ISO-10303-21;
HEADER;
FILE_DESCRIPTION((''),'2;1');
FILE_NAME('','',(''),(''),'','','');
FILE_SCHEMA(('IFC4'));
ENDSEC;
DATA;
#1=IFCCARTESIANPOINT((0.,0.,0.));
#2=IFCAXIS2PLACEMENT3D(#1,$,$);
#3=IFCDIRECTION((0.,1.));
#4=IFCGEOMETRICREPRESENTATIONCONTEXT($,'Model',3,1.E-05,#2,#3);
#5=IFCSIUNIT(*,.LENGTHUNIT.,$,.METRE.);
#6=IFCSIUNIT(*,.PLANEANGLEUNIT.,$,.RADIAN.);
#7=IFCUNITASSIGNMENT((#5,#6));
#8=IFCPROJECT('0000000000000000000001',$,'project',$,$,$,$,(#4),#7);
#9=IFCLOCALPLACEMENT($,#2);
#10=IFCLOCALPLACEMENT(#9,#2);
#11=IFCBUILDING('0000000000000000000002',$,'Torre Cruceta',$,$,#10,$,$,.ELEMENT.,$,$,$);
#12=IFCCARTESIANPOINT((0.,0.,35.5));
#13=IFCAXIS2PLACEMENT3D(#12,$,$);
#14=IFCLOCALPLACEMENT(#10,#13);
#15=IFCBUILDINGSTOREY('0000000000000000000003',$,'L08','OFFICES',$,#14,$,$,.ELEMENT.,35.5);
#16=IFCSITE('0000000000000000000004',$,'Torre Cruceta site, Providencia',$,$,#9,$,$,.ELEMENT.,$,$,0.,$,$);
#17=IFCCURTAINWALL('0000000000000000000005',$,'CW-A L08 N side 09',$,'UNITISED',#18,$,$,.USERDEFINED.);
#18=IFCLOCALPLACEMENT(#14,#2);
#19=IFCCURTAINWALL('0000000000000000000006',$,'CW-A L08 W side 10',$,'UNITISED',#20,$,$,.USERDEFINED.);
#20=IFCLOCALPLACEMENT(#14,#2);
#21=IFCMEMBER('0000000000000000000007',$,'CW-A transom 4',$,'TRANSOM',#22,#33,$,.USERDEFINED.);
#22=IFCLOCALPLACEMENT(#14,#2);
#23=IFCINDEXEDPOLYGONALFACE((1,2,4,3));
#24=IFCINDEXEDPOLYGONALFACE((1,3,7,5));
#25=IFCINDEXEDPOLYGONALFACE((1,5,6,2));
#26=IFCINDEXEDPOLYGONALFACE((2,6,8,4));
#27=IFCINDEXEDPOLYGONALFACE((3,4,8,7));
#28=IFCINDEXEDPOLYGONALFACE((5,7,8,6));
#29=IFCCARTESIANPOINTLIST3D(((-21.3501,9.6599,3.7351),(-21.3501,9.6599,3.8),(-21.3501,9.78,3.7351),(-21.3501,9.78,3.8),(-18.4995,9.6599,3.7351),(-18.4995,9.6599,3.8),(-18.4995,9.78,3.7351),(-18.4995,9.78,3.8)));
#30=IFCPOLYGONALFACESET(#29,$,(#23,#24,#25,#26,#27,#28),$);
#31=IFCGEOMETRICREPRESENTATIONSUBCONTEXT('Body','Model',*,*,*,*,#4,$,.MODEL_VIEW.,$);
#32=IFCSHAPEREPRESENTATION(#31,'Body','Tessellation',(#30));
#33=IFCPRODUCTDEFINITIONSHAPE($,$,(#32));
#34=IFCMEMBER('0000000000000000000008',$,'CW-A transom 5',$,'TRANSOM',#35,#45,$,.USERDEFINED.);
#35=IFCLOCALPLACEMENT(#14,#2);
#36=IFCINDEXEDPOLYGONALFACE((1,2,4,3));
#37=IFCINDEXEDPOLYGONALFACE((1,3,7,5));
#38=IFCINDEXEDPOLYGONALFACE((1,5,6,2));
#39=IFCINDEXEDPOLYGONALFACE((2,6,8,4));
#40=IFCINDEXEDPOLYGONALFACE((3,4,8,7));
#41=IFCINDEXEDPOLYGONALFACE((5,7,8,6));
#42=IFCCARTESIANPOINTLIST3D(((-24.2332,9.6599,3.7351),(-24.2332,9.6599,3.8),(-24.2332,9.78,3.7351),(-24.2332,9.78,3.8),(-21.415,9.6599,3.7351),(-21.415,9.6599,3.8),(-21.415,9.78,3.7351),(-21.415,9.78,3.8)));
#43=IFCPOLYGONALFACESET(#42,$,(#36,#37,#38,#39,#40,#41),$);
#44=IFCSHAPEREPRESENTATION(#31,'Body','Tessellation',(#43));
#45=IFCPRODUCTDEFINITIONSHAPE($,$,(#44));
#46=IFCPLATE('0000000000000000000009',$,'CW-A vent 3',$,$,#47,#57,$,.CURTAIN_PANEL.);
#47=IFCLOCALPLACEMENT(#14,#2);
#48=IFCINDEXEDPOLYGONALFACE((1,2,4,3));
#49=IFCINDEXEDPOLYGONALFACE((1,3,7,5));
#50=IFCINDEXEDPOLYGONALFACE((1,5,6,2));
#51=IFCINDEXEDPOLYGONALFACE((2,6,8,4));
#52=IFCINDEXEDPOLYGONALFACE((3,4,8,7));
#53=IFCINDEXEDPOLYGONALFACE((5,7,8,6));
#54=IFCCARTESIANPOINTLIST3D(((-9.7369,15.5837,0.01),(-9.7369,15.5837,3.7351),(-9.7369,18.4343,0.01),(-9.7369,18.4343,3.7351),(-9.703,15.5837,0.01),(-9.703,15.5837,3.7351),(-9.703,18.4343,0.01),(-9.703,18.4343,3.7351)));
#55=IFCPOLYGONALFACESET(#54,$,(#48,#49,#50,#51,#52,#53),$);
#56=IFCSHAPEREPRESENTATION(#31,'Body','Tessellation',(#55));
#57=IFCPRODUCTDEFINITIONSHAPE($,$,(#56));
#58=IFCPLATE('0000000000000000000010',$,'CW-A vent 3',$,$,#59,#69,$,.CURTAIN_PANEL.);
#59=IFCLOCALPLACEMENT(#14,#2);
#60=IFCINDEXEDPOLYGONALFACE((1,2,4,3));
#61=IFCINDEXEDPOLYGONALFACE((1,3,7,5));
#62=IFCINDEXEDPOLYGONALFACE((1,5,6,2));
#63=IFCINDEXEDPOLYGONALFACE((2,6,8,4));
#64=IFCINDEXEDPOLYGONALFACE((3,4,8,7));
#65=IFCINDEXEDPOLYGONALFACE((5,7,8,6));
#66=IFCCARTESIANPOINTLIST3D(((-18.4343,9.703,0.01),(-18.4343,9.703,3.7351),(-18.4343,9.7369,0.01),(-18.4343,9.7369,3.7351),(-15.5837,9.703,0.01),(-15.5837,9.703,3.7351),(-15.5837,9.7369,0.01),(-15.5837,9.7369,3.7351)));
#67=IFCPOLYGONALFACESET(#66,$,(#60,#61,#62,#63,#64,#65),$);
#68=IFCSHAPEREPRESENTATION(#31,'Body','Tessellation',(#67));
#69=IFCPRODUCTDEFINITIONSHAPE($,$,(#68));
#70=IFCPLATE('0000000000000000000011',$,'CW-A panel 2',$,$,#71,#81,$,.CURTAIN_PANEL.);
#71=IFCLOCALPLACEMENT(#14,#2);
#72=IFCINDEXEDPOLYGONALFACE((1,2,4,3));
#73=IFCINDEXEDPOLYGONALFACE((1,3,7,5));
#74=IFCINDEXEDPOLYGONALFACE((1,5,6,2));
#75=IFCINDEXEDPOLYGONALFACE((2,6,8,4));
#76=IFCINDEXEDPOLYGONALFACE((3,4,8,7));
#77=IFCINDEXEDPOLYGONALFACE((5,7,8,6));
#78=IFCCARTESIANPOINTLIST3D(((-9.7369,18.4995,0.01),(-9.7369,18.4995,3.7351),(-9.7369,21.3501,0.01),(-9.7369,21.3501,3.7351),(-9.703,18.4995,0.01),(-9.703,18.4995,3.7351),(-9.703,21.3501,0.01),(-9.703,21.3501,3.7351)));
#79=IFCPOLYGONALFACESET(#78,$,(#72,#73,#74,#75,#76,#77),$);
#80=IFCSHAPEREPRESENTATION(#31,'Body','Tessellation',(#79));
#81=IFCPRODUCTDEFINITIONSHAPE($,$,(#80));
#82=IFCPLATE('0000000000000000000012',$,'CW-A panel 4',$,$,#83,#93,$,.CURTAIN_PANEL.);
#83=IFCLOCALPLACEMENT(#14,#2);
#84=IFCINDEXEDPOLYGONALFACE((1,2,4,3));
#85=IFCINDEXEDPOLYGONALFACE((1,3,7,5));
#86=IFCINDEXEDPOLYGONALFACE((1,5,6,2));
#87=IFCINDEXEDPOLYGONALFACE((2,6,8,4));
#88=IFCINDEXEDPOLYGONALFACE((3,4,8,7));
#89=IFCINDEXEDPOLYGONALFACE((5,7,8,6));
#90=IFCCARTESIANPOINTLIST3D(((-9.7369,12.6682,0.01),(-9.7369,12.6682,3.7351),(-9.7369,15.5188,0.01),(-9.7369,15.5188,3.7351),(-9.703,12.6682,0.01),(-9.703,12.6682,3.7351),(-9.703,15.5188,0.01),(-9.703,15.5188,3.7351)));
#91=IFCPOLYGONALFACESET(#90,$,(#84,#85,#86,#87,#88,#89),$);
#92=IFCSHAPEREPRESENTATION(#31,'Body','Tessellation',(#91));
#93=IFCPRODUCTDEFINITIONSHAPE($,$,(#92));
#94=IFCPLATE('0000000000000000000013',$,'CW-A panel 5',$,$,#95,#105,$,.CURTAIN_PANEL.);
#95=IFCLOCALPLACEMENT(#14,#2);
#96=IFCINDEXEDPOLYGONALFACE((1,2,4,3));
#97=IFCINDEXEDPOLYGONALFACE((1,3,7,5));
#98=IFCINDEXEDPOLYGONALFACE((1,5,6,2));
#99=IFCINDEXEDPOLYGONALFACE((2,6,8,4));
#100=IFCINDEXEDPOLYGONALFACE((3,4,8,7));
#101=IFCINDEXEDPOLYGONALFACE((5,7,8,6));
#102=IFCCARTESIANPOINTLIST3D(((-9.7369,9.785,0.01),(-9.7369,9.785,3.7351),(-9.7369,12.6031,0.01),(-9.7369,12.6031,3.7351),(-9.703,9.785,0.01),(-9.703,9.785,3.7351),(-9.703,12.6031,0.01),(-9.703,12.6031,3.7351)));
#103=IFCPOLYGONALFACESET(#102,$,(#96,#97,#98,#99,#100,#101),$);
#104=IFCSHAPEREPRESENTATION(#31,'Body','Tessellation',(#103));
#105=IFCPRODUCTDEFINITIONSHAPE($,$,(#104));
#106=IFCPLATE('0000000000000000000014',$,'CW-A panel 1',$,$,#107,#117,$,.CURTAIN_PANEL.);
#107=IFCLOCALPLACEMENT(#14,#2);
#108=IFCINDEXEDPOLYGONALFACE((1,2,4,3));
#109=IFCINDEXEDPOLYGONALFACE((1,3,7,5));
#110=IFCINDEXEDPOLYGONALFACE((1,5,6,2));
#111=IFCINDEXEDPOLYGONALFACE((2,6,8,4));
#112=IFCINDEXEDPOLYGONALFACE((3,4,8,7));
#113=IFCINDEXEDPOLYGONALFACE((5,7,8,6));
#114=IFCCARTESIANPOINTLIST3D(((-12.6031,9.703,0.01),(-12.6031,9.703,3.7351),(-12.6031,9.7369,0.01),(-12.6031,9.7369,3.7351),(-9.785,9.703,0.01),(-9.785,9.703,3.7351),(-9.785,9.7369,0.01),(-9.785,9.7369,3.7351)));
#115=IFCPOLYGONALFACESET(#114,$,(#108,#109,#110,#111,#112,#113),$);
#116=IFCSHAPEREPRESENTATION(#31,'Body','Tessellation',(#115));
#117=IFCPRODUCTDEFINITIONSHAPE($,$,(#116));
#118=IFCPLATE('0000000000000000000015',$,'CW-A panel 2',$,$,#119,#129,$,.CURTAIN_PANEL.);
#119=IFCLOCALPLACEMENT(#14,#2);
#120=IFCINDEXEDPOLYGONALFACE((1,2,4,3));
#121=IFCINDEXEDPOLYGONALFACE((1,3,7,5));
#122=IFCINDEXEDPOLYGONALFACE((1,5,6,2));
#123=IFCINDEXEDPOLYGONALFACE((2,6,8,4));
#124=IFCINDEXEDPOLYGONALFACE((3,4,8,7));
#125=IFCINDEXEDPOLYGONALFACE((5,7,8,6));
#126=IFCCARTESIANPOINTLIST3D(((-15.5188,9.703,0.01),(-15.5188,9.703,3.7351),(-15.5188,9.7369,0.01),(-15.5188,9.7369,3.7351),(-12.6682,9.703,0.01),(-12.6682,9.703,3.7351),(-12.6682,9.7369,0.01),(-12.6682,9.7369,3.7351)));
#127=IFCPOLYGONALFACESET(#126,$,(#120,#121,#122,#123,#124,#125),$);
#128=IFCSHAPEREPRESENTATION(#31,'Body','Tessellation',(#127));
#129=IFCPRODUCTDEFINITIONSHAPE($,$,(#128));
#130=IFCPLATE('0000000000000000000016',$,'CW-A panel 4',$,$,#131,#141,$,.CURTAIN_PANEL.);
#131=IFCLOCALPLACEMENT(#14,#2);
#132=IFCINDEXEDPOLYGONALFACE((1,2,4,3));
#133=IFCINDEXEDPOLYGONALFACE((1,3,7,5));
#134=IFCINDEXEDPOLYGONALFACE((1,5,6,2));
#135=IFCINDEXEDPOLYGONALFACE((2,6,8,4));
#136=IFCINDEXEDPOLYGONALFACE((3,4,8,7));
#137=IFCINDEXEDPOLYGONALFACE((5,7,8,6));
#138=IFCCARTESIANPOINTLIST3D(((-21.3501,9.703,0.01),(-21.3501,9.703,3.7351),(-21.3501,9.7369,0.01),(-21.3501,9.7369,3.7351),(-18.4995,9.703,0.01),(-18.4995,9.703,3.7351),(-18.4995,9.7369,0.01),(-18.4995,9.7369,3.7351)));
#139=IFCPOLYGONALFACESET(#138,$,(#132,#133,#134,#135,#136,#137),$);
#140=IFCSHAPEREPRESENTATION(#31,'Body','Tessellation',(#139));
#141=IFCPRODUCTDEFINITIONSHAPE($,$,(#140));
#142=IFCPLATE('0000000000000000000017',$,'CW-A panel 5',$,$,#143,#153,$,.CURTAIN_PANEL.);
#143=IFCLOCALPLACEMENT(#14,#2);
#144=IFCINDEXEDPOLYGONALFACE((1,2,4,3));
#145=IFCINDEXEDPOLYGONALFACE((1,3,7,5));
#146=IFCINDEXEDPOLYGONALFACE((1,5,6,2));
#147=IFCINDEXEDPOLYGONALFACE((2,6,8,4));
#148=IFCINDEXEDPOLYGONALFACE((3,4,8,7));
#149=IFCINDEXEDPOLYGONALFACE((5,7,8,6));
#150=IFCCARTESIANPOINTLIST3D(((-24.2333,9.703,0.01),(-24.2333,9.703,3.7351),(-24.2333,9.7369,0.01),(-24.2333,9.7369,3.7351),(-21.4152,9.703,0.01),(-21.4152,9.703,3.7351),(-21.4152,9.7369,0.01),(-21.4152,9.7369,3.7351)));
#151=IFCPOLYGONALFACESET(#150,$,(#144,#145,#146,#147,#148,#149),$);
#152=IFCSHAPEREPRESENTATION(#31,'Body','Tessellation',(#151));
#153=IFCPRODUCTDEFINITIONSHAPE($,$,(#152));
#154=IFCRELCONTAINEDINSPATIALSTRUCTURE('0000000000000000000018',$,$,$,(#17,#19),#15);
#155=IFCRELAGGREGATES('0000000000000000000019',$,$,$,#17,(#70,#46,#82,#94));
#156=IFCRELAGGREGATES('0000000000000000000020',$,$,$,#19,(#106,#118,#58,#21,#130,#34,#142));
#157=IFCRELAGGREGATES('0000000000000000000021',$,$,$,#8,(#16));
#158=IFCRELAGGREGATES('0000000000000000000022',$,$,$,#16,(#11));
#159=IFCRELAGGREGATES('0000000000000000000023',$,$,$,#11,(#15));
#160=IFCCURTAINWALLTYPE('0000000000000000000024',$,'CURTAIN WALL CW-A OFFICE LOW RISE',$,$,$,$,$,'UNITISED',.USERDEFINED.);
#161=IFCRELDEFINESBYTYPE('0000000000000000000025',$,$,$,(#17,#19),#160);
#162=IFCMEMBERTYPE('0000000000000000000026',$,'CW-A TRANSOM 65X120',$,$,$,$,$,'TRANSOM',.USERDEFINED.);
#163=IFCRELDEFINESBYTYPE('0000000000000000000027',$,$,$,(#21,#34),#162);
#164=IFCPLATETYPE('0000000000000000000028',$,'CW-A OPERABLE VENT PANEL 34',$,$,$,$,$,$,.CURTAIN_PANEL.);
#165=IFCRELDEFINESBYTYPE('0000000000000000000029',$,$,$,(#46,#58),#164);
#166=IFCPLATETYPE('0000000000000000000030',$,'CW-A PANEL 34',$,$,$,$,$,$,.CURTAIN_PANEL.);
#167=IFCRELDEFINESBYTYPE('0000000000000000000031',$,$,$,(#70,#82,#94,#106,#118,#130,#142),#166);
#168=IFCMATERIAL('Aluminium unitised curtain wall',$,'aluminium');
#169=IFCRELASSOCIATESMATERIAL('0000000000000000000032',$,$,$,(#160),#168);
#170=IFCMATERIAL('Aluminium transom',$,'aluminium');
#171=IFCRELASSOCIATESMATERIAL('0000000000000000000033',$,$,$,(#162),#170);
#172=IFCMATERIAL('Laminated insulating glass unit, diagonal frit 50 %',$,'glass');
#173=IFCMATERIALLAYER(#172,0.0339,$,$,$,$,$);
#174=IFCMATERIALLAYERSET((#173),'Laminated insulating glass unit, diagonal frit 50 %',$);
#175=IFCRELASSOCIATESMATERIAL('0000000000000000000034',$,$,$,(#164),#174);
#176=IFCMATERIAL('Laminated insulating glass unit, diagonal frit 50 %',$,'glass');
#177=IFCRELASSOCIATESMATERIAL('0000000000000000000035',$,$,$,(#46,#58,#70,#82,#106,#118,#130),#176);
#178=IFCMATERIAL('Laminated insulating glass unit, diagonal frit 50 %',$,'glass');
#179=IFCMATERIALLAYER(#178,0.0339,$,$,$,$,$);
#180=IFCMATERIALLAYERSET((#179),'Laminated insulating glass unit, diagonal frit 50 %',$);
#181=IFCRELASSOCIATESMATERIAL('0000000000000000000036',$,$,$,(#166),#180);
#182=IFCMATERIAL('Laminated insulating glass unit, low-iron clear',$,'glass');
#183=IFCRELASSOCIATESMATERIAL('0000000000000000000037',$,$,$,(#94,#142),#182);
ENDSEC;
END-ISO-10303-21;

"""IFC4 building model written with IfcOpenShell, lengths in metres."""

from ifc_helpers import new_model, si_unit, direction, frame, origin, origin_2d, place, context, subcontext, project, spatial, rectangle, extrude, material, layer, layer_set, material_profile, profile_set, type_object, element, aggregate, save


model = new_model("IFC4")

# Units and contexts
model_context = context("Model", 3, precision=1e-05, world=origin(), true_north=direction((0.0, 1.0)))
body_context = subcontext(model_context, "Body", "Model", "MODEL_VIEW")
ifc_project = project(units=[si_unit("LENGTHUNIT", "METRE"), si_unit("PLANEANGLEUNIT", "RADIAN")], contexts=[model_context])

# Site, building, storey
site_placement = place(None, origin())
site = spatial("IfcSite", under=ifc_project, at=site_placement, Name="Torre Cruceta site, Providencia", CompositionType="ELEMENT", RefElevation=0.0)
building_placement = place(site_placement, origin())
building = spatial("IfcBuilding", under=site, at=building_placement, Name="Torre Cruceta", CompositionType="ELEMENT")
storey_placement = place(building_placement, frame((0.0, 0.0, 35.5)))
storey = spatial("IfcBuildingStorey", under=building, at=storey_placement, Name="L08", Description="OFFICES", CompositionType="ELEMENT", Elevation=35.5)

# Curtain walls
ifc_material_1 = material(Name="Aluminium unitised curtain wall", Category="aluminium")
curtain_wall_type = type_object("IfcCurtainWallType", Name="CURTAIN WALL CW-A OFFICE LOW RISE", ElementType="UNITISED", PredefinedType="USERDEFINED", material=ifc_material_1)
curtain_wall_1_placement = place(storey_placement, origin())
curtain_wall_1 = element("IfcCurtainWall", 1, at=curtain_wall_1_placement, inside=storey, type_object=curtain_wall_type, Name="CW-A L08 N side 09", ObjectType="UNITISED", PredefinedType="USERDEFINED")
curtain_wall_2_placement = place(storey_placement, origin())
curtain_wall_2 = element("IfcCurtainWall", 2, at=curtain_wall_2_placement, inside=storey, type_object=curtain_wall_type, Name="CW-A L08 W side 10", ObjectType="UNITISED", PredefinedType="USERDEFINED")

# Members
ifc_material_2 = material(Name="Aluminium transom", Category="aluminium")
ifc_material_profile_1 = material_profile(ifc_material_2, rectangle(XDim=0.1201, YDim=0.0649, at=origin_2d()), Name="AL 120X65")
ifc_profile_set_1 = profile_set([ifc_material_profile_1], Name="Aluminium transom")
member_type_1 = type_object("IfcMemberType", Name="CW-A TRANSOM 65X120", ElementType="TRANSOM", PredefinedType="USERDEFINED", material=ifc_profile_set_1)
member_1_placement = place(storey_placement, frame((-18.4995, 9.72, 3.7676), z_axis=(-1.0, 0.0, 0.0), x_axis=(0.0, -1.0, 0.0)))
member_1 = element("IfcMember", 3, at=member_1_placement, type_object=member_type_1, Name="CW-A transom 4", ObjectType="TRANSOM", PredefinedType="USERDEFINED", context=body_context, shape_type="SweptSolid", body=[
    extrude(rectangle(XDim=0.1201, YDim=0.0649, at=origin_2d()), origin(), (0.0, 0.0, 1.0), 2.8506),
])
member_2_placement = place(storey_placement, frame((-21.415, 9.72, 3.7676), z_axis=(-1.0, 0.0, 0.0), x_axis=(0.0, -1.0, 0.0)))
member_2 = element("IfcMember", 4, at=member_2_placement, type_object=member_type_1, Name="CW-A transom 5", ObjectType="TRANSOM", PredefinedType="USERDEFINED", context=body_context, shape_type="SweptSolid", body=[
    extrude(rectangle(XDim=0.1201, YDim=0.0649, at=origin_2d()), origin(), (0.0, 0.0, 1.0), 2.8181),
])

# Plates
ifc_material_3 = material(Name="Laminated insulating glass unit, diagonal frit 50 %", Category="glass")
ifc_material_4 = material(Name="Laminated insulating glass unit, diagonal frit 50 %", Category="glass")
ifc_layer_1 = layer(ifc_material_4, 0.0339)
ifc_layer_set_1 = layer_set([ifc_layer_1], Name="Laminated insulating glass unit, diagonal frit 50 %")
plate_type_1 = type_object("IfcPlateType", Name="CW-A OPERABLE VENT PANEL 34", PredefinedType="CURTAIN_PANEL", material=ifc_layer_set_1)
plate_1_placement = place(storey_placement, frame((-9.72, 17.009, 0.01), z_axis=(0.0, 0.0, 1.0), x_axis=(0.0, -1.0, 0.0)))
plate_1 = element("IfcPlate", 5, at=plate_1_placement, type_object=plate_type_1, material=ifc_material_3, Name="CW-A vent 3", PredefinedType="CURTAIN_PANEL", context=body_context, shape_type="SweptSolid", body=[
    extrude(rectangle(XDim=2.8506, YDim=0.0339, at=origin_2d()), origin(), (0.0, 0.0, 1.0), 3.7251),
])
plate_2_placement = place(storey_placement, frame((-17.009, 9.72, 0.01), z_axis=(0.0, 0.0, 1.0), x_axis=(-1.0, 0.0, 0.0)))
plate_2 = element("IfcPlate", 6, at=plate_2_placement, type_object=plate_type_1, material=ifc_material_3, Name="CW-A vent 3", PredefinedType="CURTAIN_PANEL", context=body_context, shape_type="SweptSolid", body=[
    extrude(rectangle(XDim=2.8506, YDim=0.0339, at=origin_2d()), origin(), (0.0, 0.0, 1.0), 3.7251),
])
ifc_material_5 = material(Name="Laminated insulating glass unit, diagonal frit 50 %", Category="glass")
ifc_layer_2 = layer(ifc_material_5, 0.0339)
ifc_layer_set_2 = layer_set([ifc_layer_2], Name="Laminated insulating glass unit, diagonal frit 50 %")
plate_type_2 = type_object("IfcPlateType", Name="CW-A PANEL 34", PredefinedType="CURTAIN_PANEL", material=ifc_layer_set_2)
plate_3_placement = place(storey_placement, frame((-9.72, 19.9248, 0.01), z_axis=(0.0, 0.0, 1.0), x_axis=(0.0, -1.0, 0.0)))
plate_3 = element("IfcPlate", 7, at=plate_3_placement, type_object=plate_type_2, material=ifc_material_3, Name="CW-A panel 2", PredefinedType="CURTAIN_PANEL", context=body_context, shape_type="SweptSolid", body=[
    extrude(rectangle(XDim=2.8506, YDim=0.0339, at=origin_2d()), origin(), (0.0, 0.0, 1.0), 3.7251),
])
plate_4_placement = place(storey_placement, frame((-9.72, 14.0935, 0.01), z_axis=(0.0, 0.0, 1.0), x_axis=(0.0, -1.0, 0.0)))
plate_4 = element("IfcPlate", 8, at=plate_4_placement, type_object=plate_type_2, material=ifc_material_3, Name="CW-A panel 4", PredefinedType="CURTAIN_PANEL", context=body_context, shape_type="SweptSolid", body=[
    extrude(rectangle(XDim=2.8506, YDim=0.0339, at=origin_2d()), origin(), (0.0, 0.0, 1.0), 3.7251),
])
ifc_material_6 = material(Name="Laminated insulating glass unit, low-iron clear", Category="glass")
plate_5_placement = place(storey_placement, frame((-9.72, 11.1941, 0.01), z_axis=(0.0, 0.0, 1.0), x_axis=(0.0, -1.0, 0.0)))
plate_5 = element("IfcPlate", 9, at=plate_5_placement, type_object=plate_type_2, material=ifc_material_6, Name="CW-A panel 5", PredefinedType="CURTAIN_PANEL", context=body_context, shape_type="SweptSolid", body=[
    extrude(rectangle(XDim=2.8181, YDim=0.0339, at=origin_2d()), origin(), (0.0, 0.0, 1.0), 3.7251),
])
aggregate(curtain_wall_1, [plate_3, plate_1, plate_4, plate_5])
plate_6_placement = place(storey_placement, frame((-11.1941, 9.72, 0.01), z_axis=(0.0, 0.0, 1.0), x_axis=(-1.0, 0.0, 0.0)))
plate_6 = element("IfcPlate", 10, at=plate_6_placement, type_object=plate_type_2, material=ifc_material_3, Name="CW-A panel 1", PredefinedType="CURTAIN_PANEL", context=body_context, shape_type="SweptSolid", body=[
    extrude(rectangle(XDim=2.8181, YDim=0.0339, at=origin_2d()), origin(), (0.0, 0.0, 1.0), 3.7251),
])
plate_7_placement = place(storey_placement, frame((-14.0935, 9.72, 0.01), z_axis=(0.0, 0.0, 1.0), x_axis=(-1.0, 0.0, 0.0)))
plate_7 = element("IfcPlate", 11, at=plate_7_placement, type_object=plate_type_2, material=ifc_material_3, Name="CW-A panel 2", PredefinedType="CURTAIN_PANEL", context=body_context, shape_type="SweptSolid", body=[
    extrude(rectangle(XDim=2.8506, YDim=0.0339, at=origin_2d()), origin(), (0.0, 0.0, 1.0), 3.7251),
])
plate_8_placement = place(storey_placement, frame((-19.9248, 9.72, 0.01), z_axis=(0.0, 0.0, 1.0), x_axis=(-1.0, 0.0, 0.0)))
plate_8 = element("IfcPlate", 12, at=plate_8_placement, type_object=plate_type_2, material=ifc_material_3, Name="CW-A panel 4", PredefinedType="CURTAIN_PANEL", context=body_context, shape_type="SweptSolid", body=[
    extrude(rectangle(XDim=2.8506, YDim=0.0339, at=origin_2d()), origin(), (0.0, 0.0, 1.0), 3.7251),
])
plate_9_placement = place(storey_placement, frame((-22.8242, 9.72, 0.01), z_axis=(0.0, 0.0, 1.0), x_axis=(-1.0, 0.0, 0.0)))
plate_9 = element("IfcPlate", 13, at=plate_9_placement, type_object=plate_type_2, material=ifc_material_6, Name="CW-A panel 5", PredefinedType="CURTAIN_PANEL", context=body_context, shape_type="SweptSolid", body=[
    extrude(rectangle(XDim=2.8181, YDim=0.0339, at=origin_2d()), origin(), (0.0, 0.0, 1.0), 3.7251),
])
aggregate(curtain_wall_2, [plate_6, plate_7, plate_2, member_1, plate_8, member_2, plate_9])

save(model, "model.ifc")
